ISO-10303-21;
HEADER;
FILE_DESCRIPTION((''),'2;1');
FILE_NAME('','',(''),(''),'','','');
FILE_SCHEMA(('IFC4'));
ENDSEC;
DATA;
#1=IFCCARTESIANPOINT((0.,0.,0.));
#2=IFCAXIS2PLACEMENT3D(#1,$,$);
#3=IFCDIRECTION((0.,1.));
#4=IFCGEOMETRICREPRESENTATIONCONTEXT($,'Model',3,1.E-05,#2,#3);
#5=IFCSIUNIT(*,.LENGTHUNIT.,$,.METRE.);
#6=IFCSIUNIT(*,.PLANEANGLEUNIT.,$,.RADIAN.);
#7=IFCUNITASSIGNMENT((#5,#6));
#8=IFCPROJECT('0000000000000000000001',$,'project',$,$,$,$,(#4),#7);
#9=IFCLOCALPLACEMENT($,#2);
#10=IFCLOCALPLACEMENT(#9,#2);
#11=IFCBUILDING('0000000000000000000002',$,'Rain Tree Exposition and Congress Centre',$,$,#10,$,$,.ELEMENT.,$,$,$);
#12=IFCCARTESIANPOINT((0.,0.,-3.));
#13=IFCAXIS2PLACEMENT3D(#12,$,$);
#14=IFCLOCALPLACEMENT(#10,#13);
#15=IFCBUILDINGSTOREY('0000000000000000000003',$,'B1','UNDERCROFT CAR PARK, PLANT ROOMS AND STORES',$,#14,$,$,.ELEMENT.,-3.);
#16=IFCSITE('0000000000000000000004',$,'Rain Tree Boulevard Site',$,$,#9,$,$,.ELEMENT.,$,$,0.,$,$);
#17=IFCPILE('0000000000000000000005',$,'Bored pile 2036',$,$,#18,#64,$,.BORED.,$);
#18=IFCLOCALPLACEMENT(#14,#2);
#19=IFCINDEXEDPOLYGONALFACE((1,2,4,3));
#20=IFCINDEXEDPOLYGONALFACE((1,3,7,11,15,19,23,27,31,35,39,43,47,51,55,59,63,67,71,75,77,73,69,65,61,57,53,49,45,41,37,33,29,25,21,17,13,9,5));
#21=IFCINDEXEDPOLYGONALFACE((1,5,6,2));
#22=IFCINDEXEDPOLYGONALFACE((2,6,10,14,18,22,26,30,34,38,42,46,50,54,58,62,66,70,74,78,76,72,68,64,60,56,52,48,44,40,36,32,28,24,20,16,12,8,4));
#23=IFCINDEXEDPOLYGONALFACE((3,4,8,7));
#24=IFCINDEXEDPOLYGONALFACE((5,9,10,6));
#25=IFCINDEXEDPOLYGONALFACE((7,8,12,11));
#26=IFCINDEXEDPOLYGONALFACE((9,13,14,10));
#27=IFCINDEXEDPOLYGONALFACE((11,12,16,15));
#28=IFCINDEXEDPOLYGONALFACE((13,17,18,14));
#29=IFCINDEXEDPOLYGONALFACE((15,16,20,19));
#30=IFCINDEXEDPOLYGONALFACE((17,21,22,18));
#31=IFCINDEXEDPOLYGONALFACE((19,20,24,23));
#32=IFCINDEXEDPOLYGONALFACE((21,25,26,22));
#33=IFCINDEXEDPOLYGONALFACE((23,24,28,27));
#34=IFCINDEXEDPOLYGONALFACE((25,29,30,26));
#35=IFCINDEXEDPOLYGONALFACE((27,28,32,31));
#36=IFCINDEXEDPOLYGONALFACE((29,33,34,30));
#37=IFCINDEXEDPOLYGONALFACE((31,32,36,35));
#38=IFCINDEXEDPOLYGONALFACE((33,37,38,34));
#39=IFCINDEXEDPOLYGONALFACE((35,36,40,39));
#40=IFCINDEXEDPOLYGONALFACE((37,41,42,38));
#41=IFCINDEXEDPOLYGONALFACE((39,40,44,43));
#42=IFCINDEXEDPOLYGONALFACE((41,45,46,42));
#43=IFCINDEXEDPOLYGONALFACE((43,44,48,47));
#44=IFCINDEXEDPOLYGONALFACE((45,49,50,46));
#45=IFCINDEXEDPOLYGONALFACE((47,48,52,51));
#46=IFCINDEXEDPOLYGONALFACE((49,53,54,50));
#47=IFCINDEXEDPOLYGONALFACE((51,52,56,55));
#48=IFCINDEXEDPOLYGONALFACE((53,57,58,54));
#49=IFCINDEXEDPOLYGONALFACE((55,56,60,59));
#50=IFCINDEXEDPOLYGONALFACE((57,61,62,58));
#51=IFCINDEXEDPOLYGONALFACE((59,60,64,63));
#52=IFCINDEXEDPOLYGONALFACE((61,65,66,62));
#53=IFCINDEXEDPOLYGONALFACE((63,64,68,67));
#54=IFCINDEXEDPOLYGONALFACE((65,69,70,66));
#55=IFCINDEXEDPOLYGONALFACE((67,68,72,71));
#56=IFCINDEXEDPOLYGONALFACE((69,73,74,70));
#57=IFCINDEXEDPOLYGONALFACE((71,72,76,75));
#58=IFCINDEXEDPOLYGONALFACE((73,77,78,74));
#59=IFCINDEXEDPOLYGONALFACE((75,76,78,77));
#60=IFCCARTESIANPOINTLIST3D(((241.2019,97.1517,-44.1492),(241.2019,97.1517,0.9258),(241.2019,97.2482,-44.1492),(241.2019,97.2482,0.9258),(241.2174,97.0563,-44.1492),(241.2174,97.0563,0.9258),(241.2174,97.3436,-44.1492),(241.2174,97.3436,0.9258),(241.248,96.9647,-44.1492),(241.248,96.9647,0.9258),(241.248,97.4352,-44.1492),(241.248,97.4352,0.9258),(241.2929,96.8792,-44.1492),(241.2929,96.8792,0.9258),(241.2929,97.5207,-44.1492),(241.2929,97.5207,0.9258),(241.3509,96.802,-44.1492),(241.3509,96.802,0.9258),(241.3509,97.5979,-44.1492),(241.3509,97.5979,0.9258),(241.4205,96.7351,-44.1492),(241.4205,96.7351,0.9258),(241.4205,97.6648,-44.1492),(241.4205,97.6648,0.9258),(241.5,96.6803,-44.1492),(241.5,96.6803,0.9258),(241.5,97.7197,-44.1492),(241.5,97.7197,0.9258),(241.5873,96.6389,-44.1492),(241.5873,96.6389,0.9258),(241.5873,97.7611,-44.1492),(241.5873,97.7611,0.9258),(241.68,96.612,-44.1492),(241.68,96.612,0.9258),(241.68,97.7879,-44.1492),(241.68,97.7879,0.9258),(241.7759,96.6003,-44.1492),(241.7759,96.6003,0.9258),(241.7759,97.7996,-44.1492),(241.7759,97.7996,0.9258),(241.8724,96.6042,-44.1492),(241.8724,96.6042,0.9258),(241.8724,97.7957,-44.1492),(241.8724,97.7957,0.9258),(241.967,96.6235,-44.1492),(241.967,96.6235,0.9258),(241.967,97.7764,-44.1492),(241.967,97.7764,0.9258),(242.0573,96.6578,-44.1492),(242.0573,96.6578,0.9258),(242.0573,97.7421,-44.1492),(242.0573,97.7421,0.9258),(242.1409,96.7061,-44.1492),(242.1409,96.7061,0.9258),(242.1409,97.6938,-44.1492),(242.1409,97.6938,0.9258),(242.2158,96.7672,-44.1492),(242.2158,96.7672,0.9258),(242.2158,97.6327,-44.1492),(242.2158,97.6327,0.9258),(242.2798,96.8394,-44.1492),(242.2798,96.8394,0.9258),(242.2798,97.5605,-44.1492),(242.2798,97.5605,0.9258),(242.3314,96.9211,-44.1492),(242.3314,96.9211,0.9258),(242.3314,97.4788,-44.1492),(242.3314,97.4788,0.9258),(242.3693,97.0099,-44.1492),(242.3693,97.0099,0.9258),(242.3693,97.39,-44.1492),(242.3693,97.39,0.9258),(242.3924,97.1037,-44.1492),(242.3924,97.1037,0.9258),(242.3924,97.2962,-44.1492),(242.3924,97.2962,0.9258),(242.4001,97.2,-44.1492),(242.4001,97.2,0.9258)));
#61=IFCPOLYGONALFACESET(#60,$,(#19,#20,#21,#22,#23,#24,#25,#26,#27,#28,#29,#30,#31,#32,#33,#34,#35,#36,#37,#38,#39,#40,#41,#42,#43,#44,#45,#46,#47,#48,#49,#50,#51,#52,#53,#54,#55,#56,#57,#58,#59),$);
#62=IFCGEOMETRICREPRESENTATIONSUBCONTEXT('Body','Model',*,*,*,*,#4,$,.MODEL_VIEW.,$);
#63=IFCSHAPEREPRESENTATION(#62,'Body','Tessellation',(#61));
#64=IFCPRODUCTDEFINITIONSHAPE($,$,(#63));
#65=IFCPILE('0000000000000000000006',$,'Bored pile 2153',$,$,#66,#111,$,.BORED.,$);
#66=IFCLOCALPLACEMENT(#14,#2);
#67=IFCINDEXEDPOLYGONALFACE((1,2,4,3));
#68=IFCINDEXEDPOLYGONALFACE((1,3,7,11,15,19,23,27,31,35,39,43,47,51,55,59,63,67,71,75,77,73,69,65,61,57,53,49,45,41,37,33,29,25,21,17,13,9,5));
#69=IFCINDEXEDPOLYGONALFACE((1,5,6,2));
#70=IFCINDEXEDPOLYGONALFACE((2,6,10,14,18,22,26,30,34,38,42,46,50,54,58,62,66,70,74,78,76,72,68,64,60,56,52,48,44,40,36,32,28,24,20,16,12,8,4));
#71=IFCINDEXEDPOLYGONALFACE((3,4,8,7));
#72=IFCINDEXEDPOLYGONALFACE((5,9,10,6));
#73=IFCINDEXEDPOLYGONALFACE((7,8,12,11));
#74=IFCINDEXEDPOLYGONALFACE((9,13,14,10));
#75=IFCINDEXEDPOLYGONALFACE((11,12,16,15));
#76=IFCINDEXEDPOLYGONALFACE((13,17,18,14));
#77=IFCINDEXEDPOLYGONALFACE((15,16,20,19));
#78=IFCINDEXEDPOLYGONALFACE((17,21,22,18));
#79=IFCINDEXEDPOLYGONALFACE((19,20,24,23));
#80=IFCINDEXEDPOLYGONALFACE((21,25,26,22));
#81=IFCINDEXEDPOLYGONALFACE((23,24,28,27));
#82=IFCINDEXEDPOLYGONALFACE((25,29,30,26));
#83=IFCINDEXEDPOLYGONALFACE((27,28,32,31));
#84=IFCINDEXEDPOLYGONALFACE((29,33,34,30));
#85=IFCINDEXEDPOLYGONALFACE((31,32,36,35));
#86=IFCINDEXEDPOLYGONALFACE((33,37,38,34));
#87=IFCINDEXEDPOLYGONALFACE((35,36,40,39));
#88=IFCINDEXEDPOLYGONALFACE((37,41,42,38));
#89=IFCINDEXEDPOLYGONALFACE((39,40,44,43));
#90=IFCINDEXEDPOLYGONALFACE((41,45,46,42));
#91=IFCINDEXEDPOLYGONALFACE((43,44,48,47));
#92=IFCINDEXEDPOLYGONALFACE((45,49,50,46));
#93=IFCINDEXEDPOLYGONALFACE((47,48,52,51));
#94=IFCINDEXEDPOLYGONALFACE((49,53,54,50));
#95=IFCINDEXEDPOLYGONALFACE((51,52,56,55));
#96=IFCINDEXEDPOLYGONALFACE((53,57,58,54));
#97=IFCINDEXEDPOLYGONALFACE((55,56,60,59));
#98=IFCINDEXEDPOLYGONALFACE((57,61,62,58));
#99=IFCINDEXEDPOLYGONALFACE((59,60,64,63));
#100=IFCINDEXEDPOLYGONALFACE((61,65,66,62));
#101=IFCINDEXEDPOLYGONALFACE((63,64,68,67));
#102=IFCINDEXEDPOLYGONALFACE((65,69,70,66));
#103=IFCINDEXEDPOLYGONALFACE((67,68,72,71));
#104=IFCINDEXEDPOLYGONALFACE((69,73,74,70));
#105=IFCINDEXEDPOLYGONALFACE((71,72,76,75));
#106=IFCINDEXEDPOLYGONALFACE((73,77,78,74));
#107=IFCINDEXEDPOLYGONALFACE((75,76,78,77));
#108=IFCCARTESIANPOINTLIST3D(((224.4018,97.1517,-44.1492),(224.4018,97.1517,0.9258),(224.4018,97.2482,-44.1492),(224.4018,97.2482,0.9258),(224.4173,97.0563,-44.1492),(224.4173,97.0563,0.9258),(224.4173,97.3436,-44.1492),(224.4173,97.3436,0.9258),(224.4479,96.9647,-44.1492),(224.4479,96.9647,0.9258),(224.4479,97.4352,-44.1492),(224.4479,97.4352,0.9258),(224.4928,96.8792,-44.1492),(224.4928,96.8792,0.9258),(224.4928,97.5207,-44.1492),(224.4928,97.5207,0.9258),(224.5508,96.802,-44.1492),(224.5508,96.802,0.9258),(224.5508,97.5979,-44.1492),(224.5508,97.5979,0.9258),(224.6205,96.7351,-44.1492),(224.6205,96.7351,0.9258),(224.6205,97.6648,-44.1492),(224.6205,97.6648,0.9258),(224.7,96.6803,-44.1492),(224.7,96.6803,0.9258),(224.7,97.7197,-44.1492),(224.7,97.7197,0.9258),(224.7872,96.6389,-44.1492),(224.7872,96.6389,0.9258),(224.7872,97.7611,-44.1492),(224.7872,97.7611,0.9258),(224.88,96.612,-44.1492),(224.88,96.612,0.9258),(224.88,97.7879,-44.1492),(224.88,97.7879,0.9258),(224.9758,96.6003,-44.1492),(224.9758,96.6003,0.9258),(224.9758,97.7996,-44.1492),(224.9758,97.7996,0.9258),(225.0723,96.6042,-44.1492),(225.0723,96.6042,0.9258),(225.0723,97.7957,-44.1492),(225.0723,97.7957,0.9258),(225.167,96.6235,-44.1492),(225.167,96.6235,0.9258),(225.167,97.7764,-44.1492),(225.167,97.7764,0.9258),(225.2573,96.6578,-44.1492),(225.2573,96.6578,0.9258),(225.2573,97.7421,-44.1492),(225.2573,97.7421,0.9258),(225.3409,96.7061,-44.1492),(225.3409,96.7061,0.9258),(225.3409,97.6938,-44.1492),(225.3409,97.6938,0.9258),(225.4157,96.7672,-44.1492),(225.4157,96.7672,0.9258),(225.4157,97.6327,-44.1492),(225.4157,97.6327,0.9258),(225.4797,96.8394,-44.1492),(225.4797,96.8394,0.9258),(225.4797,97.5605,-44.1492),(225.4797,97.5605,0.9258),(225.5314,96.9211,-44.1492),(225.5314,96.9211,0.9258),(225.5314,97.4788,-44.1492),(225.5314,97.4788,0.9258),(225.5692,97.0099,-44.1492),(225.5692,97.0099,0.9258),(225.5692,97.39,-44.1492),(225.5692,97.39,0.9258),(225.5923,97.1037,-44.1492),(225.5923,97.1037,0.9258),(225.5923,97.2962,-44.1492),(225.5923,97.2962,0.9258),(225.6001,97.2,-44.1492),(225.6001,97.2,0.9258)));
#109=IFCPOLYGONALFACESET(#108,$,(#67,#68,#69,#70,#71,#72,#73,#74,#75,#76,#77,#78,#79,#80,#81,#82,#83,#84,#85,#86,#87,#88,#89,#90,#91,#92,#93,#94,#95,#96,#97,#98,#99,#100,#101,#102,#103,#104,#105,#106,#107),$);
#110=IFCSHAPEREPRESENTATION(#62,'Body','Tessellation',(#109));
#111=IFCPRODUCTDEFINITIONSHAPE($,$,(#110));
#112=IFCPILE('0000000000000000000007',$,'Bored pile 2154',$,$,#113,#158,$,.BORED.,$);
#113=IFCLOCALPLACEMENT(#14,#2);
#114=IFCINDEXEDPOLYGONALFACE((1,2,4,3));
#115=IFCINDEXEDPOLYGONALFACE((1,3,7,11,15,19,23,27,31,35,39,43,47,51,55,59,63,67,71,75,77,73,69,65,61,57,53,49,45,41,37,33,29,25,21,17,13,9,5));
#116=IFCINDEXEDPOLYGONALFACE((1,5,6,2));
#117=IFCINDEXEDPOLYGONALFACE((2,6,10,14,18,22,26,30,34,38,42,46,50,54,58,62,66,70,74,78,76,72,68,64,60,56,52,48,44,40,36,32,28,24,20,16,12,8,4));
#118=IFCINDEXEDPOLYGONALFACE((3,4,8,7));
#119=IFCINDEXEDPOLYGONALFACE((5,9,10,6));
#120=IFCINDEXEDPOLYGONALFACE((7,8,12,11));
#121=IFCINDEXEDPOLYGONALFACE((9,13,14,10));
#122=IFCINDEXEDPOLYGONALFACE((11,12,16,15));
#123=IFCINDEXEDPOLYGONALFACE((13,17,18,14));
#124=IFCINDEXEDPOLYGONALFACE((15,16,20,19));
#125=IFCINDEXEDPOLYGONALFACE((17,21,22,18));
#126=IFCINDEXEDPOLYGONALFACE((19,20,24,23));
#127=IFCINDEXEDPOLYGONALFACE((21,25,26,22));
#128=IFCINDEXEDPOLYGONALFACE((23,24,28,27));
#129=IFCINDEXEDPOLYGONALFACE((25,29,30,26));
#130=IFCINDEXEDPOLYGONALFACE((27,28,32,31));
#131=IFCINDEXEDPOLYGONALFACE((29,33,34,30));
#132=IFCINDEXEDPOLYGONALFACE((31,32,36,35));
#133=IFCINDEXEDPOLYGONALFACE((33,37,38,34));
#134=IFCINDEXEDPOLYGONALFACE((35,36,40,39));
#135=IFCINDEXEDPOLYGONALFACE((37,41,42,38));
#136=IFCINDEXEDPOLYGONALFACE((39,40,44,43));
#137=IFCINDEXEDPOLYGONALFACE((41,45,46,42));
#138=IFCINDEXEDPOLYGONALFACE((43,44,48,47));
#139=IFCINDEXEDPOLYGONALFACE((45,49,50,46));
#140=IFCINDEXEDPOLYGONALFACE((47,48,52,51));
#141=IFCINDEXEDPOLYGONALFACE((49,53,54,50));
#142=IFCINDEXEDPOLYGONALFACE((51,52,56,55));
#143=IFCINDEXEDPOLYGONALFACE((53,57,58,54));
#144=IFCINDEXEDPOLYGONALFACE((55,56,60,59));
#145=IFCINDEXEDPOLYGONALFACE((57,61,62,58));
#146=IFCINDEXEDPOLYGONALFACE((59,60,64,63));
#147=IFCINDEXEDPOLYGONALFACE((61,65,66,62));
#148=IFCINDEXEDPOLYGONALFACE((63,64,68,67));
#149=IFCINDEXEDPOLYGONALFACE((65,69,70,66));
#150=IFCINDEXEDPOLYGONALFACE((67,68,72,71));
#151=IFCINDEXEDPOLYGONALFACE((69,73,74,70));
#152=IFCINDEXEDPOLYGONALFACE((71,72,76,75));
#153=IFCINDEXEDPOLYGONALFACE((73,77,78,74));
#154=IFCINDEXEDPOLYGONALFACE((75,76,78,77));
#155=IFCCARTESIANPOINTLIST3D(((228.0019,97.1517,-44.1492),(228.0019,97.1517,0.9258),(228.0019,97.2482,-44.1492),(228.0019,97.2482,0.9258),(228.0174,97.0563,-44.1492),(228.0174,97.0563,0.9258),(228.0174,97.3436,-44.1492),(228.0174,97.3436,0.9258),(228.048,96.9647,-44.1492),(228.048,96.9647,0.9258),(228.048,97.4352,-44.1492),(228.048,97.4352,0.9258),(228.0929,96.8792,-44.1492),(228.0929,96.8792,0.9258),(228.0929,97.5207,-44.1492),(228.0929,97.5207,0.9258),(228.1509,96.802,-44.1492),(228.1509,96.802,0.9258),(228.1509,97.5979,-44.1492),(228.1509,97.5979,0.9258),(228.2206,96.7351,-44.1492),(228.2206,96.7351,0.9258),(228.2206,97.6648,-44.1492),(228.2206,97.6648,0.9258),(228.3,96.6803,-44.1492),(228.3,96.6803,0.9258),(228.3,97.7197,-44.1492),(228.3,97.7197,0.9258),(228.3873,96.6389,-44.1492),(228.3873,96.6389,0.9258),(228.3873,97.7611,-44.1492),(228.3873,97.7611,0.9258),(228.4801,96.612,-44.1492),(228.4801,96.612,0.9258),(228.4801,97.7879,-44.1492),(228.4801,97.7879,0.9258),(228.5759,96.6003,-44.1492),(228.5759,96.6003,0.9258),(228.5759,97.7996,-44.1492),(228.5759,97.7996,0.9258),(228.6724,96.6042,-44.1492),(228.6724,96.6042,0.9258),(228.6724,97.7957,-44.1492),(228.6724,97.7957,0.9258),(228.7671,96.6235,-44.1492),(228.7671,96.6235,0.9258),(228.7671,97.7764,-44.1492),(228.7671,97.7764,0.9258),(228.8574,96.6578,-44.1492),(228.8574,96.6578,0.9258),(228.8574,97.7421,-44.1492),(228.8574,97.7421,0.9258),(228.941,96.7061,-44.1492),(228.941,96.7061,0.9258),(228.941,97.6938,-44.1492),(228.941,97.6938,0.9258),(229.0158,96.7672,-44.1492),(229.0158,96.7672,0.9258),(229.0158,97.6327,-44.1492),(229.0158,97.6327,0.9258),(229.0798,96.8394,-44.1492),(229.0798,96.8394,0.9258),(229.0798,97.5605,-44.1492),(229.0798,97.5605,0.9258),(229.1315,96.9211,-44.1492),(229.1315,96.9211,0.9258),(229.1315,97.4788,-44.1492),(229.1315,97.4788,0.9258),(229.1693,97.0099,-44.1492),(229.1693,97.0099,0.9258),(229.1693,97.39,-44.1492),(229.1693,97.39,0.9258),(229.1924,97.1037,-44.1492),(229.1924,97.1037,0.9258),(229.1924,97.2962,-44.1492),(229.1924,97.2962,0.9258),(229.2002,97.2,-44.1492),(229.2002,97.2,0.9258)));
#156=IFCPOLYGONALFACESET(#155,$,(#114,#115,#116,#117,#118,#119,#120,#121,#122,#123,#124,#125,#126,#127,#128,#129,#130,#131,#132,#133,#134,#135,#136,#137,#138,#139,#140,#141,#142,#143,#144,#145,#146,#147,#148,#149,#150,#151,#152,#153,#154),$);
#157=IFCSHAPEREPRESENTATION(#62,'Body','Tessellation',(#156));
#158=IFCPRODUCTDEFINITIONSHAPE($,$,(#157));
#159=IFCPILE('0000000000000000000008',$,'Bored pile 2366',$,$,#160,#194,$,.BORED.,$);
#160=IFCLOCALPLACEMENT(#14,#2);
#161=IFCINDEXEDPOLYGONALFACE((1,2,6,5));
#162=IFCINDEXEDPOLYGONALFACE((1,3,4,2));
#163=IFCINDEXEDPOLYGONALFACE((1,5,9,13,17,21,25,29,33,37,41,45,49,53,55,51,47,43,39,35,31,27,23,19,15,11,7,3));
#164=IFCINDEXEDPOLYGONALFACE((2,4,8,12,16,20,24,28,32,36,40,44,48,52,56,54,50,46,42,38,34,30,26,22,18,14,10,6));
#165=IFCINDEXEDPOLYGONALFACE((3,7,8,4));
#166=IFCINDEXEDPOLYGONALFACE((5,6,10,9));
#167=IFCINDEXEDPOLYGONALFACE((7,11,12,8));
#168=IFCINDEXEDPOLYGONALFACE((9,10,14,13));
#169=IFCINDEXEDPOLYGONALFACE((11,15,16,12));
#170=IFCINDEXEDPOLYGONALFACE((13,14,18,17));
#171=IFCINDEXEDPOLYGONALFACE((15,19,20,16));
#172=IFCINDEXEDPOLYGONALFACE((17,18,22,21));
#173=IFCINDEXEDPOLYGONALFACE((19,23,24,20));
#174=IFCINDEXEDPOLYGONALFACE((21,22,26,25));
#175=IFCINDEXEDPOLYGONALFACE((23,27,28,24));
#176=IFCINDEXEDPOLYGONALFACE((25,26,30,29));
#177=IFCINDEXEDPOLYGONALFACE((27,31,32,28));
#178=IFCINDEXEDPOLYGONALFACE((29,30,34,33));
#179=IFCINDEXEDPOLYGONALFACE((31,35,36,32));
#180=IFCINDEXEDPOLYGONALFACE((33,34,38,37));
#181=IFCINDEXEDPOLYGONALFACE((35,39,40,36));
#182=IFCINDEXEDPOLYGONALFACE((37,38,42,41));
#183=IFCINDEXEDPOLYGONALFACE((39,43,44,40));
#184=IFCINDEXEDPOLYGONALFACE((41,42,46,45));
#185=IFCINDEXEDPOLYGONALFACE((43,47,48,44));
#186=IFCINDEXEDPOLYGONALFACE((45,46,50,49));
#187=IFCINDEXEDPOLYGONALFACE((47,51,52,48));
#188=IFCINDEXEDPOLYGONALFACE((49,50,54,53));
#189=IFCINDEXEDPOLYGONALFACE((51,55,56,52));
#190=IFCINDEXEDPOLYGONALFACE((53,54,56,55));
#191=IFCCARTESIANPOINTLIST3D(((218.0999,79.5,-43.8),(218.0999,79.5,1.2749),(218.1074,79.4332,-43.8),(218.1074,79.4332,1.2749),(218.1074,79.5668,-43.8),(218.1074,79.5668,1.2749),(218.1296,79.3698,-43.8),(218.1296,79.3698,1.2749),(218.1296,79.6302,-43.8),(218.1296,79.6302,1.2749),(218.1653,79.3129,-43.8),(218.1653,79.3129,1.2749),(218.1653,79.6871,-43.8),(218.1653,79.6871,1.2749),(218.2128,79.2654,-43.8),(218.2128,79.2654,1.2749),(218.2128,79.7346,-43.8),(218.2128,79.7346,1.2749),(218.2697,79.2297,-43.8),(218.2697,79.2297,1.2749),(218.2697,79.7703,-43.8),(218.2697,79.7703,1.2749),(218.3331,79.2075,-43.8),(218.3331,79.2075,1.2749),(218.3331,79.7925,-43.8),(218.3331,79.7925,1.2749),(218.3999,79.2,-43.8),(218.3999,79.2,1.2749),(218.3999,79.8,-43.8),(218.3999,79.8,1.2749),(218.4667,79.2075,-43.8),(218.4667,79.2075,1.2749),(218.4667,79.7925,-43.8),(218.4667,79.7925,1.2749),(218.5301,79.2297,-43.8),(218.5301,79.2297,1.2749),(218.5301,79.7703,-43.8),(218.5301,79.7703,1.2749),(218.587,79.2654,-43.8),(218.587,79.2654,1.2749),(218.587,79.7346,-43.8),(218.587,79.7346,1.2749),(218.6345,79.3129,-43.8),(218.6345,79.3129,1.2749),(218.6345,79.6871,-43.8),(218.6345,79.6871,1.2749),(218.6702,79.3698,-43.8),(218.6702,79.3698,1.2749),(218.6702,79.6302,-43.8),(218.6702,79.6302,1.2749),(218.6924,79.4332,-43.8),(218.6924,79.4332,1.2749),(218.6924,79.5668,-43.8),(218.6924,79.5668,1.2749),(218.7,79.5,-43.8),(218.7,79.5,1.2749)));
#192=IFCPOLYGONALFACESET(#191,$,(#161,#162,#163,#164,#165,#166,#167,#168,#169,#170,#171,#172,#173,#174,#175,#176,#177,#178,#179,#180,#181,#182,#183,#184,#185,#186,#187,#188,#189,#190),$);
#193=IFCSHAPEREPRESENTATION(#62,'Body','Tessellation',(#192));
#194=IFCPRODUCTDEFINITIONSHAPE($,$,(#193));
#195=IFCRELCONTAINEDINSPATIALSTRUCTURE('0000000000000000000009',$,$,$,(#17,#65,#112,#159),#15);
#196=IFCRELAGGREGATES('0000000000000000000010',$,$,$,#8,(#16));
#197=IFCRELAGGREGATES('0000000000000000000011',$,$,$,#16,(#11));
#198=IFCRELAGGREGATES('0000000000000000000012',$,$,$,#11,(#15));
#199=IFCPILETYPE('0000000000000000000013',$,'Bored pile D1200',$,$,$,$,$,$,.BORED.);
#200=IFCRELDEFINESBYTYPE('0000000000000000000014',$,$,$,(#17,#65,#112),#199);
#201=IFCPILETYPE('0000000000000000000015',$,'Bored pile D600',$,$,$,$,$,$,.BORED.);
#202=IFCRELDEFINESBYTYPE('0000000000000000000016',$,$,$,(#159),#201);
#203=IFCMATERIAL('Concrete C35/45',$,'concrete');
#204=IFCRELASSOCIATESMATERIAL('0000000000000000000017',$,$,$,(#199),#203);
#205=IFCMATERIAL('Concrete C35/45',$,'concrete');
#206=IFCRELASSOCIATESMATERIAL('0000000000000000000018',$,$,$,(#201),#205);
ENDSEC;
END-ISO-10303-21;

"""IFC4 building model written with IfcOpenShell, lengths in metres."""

from ifc_helpers import new_model, si_unit, direction, frame, origin, origin_2d, place, context, subcontext, project, spatial, circle, extrude, material, material_profile, profile_set, type_object, element, save


model = new_model("IFC4")

# Units and contexts
model_context = context("Model", 3, precision=1e-05, world=origin(), true_north=direction((0.0, 1.0)))
body_context = subcontext(model_context, "Body", "Model", "MODEL_VIEW")
ifc_project = project(units=[si_unit("LENGTHUNIT", "METRE"), si_unit("PLANEANGLEUNIT", "RADIAN")], contexts=[model_context])

# Site, building, storey
site_placement = place(None, origin())
site = spatial("IfcSite", under=ifc_project, at=site_placement, Name="Rain Tree Boulevard Site", CompositionType="ELEMENT", RefElevation=0.0)
building_placement = place(site_placement, origin())
building = spatial("IfcBuilding", under=site, at=building_placement, Name="Rain Tree Exposition and Congress Centre", CompositionType="ELEMENT")
storey_placement = place(building_placement, frame((0.0, 0.0, -3.0)))
storey = spatial("IfcBuildingStorey", under=building, at=storey_placement, Name="B1", Description="UNDERCROFT CAR PARK, PLANT ROOMS AND STORES", CompositionType="ELEMENT", Elevation=-3.0)

# Piles
ifc_material_1 = material(Name="Concrete C35/45", Category="concrete")
ifc_material_profile_1 = material_profile(ifc_material_1, circle(Radius=0.6001, at=origin_2d()), Name="D1200")
ifc_profile_set_1 = profile_set([ifc_material_profile_1], Name="Concrete C35/45")
pile_type_1 = type_object("IfcPileType", Name="Bored pile D1200", PredefinedType="BORED", material=ifc_profile_set_1)
for number, where, z_axis, x_axis, name in (
    (1, (241.8, 97.2, 0.9258), (0.0, 0.0, -1.0), (1.0, 0.0, 0.0), "Bored pile 2036"),
    (2, (225.0, 97.2, 0.9258), (0.0, 0.0, -1.0), (1.0, 0.0, 0.0), "Bored pile 2153"),
    (3, (228.6001, 97.2, 0.9258), (0.0, 0.0, -1.0), (1.0, 0.0, 0.0), "Bored pile 2154"),
):
    element("IfcPile", number, at=place(storey_placement, frame(where, z_axis=z_axis, x_axis=x_axis)), inside=storey, type_object=pile_type_1, Name=name, PredefinedType="BORED", context=body_context, shape_type="SweptSolid", body=[
        extrude(circle(Radius=0.6001, at=origin_2d()), origin(), (0.0, 0.0, 1.0), 45.075),
    ])
ifc_material_2 = material(Name="Concrete C35/45", Category="concrete")
ifc_material_profile_2 = material_profile(ifc_material_2, circle(Radius=0.3, at=origin_2d()), Name="D600")
ifc_profile_set_2 = profile_set([ifc_material_profile_2], Name="Concrete C35/45")
pile_type_2 = type_object("IfcPileType", Name="Bored pile D600", PredefinedType="BORED", material=ifc_profile_set_2)
for number, where, z_axis, x_axis, name in (
    (4, (218.3999, 79.5, 1.2749), (0.0, 0.0, -1.0), (1.0, 0.0, 0.0), "Bored pile 2366"),
):
    element("IfcPile", number, at=place(storey_placement, frame(where, z_axis=z_axis, x_axis=x_axis)), inside=storey, type_object=pile_type_2, Name=name, PredefinedType="BORED", context=body_context, shape_type="SweptSolid", body=[
        extrude(circle(Radius=0.3, at=origin_2d()), origin(), (0.0, 0.0, 1.0), 45.075),
    ])

save(model, "model.ifc")
